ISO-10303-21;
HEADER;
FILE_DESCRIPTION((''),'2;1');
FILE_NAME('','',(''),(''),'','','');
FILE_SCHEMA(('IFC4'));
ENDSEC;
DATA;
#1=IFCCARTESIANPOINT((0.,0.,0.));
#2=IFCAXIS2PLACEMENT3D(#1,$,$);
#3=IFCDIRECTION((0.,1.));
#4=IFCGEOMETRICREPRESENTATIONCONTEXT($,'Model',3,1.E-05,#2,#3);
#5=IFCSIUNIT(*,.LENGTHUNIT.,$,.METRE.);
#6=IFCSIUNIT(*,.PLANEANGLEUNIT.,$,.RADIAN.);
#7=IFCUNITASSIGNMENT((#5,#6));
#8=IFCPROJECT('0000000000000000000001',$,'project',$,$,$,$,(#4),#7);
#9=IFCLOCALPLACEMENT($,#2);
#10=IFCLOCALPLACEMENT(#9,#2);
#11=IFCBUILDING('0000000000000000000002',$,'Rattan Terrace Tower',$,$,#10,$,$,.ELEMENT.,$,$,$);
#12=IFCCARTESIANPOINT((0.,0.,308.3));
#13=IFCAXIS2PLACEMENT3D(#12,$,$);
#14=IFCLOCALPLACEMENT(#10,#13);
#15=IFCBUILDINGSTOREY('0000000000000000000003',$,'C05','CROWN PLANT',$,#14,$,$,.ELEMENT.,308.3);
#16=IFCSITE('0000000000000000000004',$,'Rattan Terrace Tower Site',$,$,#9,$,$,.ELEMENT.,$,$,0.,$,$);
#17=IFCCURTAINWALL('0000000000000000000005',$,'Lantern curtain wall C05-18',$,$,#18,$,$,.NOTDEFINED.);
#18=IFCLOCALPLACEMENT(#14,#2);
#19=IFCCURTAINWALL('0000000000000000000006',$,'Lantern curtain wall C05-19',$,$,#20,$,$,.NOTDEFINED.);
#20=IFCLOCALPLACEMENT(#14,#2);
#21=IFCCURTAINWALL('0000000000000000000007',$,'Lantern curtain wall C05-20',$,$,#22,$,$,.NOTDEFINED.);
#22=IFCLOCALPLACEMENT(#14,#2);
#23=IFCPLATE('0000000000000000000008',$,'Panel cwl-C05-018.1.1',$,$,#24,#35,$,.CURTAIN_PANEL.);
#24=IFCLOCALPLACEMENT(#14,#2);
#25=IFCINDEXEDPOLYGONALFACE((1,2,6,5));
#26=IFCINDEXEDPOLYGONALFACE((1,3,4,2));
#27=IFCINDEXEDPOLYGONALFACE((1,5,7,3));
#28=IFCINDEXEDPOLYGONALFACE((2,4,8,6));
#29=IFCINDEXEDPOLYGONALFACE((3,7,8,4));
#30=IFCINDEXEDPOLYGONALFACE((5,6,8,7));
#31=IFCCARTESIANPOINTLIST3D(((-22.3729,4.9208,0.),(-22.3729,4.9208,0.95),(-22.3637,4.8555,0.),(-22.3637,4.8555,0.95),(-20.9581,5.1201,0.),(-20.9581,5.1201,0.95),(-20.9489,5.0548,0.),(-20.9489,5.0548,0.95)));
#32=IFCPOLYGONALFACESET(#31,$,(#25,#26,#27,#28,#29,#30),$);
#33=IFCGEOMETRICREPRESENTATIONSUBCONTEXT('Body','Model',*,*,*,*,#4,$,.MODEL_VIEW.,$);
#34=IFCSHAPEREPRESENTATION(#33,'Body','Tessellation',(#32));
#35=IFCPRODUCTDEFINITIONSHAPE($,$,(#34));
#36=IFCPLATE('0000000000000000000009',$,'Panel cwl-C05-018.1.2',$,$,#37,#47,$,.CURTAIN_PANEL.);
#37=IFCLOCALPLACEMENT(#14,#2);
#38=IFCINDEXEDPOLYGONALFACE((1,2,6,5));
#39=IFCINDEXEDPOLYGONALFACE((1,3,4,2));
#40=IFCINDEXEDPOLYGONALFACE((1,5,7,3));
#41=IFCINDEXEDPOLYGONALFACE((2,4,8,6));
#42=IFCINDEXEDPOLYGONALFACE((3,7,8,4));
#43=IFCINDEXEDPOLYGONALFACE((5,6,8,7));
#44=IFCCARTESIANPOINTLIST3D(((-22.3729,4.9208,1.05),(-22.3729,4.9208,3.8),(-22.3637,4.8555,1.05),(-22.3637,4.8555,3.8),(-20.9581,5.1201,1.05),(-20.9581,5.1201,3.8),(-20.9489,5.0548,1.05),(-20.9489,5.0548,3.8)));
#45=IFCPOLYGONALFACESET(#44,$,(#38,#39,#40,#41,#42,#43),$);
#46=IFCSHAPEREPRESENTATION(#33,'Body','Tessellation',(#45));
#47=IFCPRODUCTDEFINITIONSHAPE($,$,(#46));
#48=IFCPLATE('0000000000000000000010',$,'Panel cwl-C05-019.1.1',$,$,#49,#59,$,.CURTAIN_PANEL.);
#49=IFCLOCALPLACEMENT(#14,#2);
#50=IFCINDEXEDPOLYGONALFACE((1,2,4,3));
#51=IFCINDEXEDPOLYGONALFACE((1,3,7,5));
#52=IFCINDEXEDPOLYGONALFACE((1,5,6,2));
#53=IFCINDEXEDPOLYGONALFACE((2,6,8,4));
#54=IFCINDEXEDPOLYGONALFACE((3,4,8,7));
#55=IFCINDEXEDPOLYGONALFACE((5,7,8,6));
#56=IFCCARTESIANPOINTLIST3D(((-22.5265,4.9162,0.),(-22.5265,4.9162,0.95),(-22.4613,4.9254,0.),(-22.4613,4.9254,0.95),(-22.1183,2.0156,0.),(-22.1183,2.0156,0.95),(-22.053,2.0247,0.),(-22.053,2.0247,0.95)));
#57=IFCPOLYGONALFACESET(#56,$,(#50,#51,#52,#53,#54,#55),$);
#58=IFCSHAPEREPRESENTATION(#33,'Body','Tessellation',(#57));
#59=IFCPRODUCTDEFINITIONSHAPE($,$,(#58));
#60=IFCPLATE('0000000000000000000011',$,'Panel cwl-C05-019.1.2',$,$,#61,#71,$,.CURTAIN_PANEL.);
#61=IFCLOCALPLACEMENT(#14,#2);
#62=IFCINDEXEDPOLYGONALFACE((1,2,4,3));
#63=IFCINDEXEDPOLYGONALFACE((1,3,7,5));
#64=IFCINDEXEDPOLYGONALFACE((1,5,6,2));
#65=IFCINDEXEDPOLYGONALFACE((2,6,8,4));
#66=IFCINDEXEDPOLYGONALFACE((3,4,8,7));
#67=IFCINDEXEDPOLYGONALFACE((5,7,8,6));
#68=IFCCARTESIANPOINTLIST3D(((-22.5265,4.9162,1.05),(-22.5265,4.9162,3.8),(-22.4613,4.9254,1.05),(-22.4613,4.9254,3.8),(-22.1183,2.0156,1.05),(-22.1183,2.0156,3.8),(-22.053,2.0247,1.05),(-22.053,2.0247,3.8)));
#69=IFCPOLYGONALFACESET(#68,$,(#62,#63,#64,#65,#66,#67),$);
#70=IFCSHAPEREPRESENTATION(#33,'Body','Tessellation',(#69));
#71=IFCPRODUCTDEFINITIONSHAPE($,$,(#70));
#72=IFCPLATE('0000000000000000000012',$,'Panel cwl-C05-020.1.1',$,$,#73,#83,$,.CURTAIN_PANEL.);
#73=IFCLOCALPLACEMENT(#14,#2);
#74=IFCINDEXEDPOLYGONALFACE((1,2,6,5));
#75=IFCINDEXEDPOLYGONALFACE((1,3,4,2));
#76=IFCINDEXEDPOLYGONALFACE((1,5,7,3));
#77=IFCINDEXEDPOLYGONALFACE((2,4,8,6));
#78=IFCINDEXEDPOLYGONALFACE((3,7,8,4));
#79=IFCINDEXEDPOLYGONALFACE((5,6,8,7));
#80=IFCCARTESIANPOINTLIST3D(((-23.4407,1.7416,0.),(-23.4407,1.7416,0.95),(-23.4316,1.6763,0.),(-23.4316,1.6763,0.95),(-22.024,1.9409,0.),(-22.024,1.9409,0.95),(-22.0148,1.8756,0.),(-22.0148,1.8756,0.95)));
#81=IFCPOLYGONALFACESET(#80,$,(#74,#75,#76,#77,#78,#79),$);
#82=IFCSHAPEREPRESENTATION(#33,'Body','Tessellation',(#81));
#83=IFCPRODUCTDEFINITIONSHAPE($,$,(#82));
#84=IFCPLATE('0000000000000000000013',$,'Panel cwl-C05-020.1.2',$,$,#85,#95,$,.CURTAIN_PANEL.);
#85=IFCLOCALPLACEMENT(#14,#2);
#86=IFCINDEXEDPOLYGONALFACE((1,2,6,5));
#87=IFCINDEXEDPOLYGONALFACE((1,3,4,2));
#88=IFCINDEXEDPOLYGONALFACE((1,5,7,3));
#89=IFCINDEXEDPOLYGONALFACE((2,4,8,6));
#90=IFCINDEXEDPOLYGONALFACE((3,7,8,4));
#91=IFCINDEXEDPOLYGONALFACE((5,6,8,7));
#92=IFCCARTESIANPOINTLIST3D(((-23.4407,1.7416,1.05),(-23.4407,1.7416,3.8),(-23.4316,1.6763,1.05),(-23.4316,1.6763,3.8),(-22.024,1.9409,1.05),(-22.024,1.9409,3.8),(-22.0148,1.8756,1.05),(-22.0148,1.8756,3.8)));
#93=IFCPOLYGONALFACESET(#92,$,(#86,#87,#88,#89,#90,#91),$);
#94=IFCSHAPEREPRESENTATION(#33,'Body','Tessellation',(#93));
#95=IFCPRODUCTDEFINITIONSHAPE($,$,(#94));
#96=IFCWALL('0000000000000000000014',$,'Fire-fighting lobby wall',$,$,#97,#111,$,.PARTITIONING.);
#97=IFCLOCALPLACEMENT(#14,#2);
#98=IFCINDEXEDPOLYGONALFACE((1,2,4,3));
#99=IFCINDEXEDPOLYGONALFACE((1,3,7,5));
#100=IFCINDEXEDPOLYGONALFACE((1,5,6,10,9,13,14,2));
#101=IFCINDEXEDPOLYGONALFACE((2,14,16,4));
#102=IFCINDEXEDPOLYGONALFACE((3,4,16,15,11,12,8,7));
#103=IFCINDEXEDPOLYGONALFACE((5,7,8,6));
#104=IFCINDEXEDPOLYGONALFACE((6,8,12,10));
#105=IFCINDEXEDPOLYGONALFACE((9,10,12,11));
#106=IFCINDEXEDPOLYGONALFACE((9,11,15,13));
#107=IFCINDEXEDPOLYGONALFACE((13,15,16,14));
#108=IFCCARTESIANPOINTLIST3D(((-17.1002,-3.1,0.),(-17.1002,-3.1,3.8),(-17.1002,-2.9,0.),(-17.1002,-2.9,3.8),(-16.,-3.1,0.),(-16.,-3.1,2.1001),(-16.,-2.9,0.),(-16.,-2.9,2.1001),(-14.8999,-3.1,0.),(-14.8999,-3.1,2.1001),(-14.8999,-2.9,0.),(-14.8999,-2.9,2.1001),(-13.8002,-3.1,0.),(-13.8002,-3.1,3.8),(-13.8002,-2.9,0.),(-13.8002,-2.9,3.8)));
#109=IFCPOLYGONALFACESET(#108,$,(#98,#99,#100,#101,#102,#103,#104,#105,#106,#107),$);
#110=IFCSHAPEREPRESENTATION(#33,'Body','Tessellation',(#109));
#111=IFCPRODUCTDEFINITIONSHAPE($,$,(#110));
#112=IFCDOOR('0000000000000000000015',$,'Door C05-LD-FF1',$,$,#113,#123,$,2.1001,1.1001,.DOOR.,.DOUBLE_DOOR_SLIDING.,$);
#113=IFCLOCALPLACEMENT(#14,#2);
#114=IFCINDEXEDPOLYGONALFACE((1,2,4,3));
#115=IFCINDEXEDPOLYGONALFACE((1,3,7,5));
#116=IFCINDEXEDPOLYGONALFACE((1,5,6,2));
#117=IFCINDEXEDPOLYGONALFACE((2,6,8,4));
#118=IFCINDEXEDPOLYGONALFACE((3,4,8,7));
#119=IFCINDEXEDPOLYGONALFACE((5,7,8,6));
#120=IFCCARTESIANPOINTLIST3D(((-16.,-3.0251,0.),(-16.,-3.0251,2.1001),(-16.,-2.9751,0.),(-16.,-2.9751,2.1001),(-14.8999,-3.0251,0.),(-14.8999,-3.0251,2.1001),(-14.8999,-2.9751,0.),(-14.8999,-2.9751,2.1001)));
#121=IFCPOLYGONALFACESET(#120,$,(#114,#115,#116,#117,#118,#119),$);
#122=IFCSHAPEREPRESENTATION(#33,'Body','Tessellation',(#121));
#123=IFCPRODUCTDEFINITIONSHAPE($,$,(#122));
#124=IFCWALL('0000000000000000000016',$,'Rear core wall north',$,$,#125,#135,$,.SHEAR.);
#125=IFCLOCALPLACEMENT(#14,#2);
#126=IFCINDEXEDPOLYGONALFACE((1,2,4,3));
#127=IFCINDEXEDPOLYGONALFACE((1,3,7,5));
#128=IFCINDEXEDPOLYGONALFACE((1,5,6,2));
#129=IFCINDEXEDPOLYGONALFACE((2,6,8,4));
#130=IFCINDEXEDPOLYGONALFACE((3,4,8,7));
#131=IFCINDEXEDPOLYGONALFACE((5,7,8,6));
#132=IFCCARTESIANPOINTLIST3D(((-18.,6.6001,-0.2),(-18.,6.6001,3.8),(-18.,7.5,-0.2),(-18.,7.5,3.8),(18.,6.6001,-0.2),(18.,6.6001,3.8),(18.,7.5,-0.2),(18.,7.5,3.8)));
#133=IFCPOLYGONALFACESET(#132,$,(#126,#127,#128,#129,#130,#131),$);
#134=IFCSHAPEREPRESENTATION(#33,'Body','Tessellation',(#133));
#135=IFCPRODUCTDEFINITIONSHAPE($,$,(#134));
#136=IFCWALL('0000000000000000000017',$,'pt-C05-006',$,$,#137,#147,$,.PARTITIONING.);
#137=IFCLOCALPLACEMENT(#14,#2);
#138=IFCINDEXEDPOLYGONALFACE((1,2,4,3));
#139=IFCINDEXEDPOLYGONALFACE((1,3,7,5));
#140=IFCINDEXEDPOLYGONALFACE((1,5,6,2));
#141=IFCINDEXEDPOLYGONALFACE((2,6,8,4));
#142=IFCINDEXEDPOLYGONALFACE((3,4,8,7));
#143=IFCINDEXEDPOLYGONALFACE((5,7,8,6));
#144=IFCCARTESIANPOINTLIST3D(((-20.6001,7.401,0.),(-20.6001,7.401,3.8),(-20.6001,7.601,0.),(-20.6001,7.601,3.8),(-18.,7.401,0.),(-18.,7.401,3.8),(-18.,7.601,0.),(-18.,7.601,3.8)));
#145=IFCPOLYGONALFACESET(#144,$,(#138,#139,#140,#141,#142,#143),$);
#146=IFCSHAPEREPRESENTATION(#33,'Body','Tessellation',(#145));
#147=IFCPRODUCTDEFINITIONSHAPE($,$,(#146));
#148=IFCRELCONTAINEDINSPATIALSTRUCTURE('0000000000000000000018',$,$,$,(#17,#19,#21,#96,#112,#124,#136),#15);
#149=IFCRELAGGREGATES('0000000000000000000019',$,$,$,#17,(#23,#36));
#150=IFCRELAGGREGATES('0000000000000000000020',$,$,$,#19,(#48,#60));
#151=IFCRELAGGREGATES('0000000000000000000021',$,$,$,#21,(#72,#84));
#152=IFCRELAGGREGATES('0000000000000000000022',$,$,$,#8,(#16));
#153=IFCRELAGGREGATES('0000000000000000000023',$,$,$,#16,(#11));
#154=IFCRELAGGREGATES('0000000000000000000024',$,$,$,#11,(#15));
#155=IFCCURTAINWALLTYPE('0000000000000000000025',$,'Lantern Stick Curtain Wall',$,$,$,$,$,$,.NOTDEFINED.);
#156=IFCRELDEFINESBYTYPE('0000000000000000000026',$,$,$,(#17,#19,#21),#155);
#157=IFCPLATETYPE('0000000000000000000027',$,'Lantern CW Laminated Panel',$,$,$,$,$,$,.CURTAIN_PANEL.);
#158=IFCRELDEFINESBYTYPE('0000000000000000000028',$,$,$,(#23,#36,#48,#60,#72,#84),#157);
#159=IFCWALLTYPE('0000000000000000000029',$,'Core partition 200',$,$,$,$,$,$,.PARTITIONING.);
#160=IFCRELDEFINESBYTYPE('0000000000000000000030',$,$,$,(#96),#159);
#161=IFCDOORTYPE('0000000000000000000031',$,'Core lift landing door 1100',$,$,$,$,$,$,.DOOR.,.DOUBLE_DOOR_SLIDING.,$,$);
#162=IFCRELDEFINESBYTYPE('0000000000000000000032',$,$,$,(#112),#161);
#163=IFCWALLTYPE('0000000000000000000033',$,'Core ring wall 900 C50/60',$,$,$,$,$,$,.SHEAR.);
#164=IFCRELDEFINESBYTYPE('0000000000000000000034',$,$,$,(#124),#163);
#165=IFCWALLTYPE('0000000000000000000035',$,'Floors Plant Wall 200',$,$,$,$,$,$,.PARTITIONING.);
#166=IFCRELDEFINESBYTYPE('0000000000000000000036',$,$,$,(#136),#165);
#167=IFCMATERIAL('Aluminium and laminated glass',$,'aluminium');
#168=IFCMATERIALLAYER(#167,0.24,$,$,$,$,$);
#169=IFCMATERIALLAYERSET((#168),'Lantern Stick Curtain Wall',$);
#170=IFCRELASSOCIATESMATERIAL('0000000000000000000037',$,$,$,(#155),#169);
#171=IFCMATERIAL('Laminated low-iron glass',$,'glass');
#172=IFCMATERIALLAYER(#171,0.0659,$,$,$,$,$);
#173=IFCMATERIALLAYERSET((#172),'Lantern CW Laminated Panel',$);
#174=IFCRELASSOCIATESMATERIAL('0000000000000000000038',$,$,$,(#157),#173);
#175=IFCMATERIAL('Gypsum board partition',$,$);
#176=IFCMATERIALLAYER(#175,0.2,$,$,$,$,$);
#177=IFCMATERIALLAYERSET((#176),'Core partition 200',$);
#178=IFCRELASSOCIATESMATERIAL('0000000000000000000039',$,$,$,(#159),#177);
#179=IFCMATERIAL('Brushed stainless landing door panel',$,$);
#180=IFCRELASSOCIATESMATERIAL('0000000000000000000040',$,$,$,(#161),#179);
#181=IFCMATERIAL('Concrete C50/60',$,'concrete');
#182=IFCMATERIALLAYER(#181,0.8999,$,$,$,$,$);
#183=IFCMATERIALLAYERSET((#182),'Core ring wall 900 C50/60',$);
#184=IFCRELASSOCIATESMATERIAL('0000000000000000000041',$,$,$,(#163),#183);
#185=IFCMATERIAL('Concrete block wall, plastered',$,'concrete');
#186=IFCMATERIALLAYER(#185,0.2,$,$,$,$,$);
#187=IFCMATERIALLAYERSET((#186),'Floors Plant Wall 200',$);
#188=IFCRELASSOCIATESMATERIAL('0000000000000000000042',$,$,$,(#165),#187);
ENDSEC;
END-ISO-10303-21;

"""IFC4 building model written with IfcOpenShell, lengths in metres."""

from ifc_helpers import new_model, si_unit, direction, frame, frame_2d, origin, origin_2d, place, context, subcontext, project, spatial, rectangle, extrude, material, layer, layer_set, type_object, element, fill, aggregate, save


model = new_model("IFC4")

# Units and contexts
model_context = context("Model", 3, precision=1e-05, world=origin(), true_north=direction((0.0, 1.0)))
body_context = subcontext(model_context, "Body", "Model", "MODEL_VIEW")
ifc_project = project(units=[si_unit("LENGTHUNIT", "METRE"), si_unit("PLANEANGLEUNIT", "RADIAN")], contexts=[model_context])

# Site, building, storey
site_placement = place(None, origin())
site = spatial("IfcSite", under=ifc_project, at=site_placement, Name="Rattan Terrace Tower Site", CompositionType="ELEMENT", RefElevation=0.0)
building_placement = place(site_placement, origin())
building = spatial("IfcBuilding", under=site, at=building_placement, Name="Rattan Terrace Tower", CompositionType="ELEMENT")
storey_placement = place(building_placement, frame((0.0, 0.0, 308.3)))
storey = spatial("IfcBuildingStorey", under=building, at=storey_placement, Name="C05", Description="CROWN PLANT", CompositionType="ELEMENT", Elevation=308.3)

# Curtain walls
ifc_material_1 = material(Name="Aluminium and laminated glass", Category="aluminium")
ifc_layer_1 = layer(ifc_material_1, 0.24)
ifc_layer_set_1 = layer_set([ifc_layer_1], Name="Lantern Stick Curtain Wall")
curtain_wall_type = type_object("IfcCurtainWallType", Name="Lantern Stick Curtain Wall", PredefinedType="NOTDEFINED", material=ifc_layer_set_1)
curtain_wall_1_placement = place(storey_placement, origin())
curtain_wall_1 = element("IfcCurtainWall", 1, at=curtain_wall_1_placement, inside=storey, type_object=curtain_wall_type, Name="Lantern curtain wall C05-18", PredefinedType="NOTDEFINED")
curtain_wall_2_placement = place(storey_placement, origin())
curtain_wall_2 = element("IfcCurtainWall", 2, at=curtain_wall_2_placement, inside=storey, type_object=curtain_wall_type, Name="Lantern curtain wall C05-19", PredefinedType="NOTDEFINED")
curtain_wall_3_placement = place(storey_placement, origin())
curtain_wall_3 = element("IfcCurtainWall", 3, at=curtain_wall_3_placement, inside=storey, type_object=curtain_wall_type, Name="Lantern curtain wall C05-20", PredefinedType="NOTDEFINED")

# Plates
ifc_material_2 = material(Name="Laminated low-iron glass", Category="glass")
ifc_layer_2 = layer(ifc_material_2, 0.0659)
ifc_layer_set_2 = layer_set([ifc_layer_2], Name="Lantern CW Laminated Panel")
plate_type = type_object("IfcPlateType", Name="Lantern CW Laminated Panel", PredefinedType="CURTAIN_PANEL", material=ifc_layer_set_2)
plate_1_placement = place(storey_placement, frame((-21.6609, 4.9878, 0.0), z_axis=(0.0, 0.0, 1.0), x_axis=(-0.990228, -0.139459, 0.0)))
plate_1 = element("IfcPlate", 4, at=plate_1_placement, type_object=plate_type, Name="Panel cwl-C05-018.1.1", PredefinedType="CURTAIN_PANEL", context=body_context, shape_type="SweptSolid", body=[
    extrude(rectangle(XDim=1.4287, YDim=0.0659, at=origin_2d()), origin(), (0.0, 0.0, 1.0), 0.95),
])
plate_2_placement = place(storey_placement, frame((-21.6609, 4.9878, 1.05), z_axis=(0.0, 0.0, 1.0), x_axis=(-0.990228, -0.139459, 0.0)))
plate_2 = element("IfcPlate", 5, at=plate_2_placement, type_object=plate_type, Name="Panel cwl-C05-018.1.2", PredefinedType="CURTAIN_PANEL", context=body_context, shape_type="SweptSolid", body=[
    extrude(rectangle(XDim=1.4287, YDim=0.0659, at=origin_2d()), origin(), (0.0, 0.0, 1.0), 2.75),
])
aggregate(curtain_wall_1, [plate_1, plate_2])
plate_3_placement = place(storey_placement, frame((-22.2898, 3.4705, 0.0), z_axis=(0.0, 0.0, 1.0), x_axis=(0.139367, -0.990241, 0.0)))
plate_3 = element("IfcPlate", 6, at=plate_3_placement, type_object=plate_type, Name="Panel cwl-C05-019.1.1", PredefinedType="CURTAIN_PANEL", context=body_context, shape_type="SweptSolid", body=[
    extrude(rectangle(XDim=2.9292, YDim=0.0659, at=origin_2d()), origin(), (0.0, 0.0, 1.0), 0.95),
])
plate_4_placement = place(storey_placement, frame((-22.2898, 3.4705, 1.05), z_axis=(0.0, 0.0, 1.0), x_axis=(0.139367, -0.990241, 0.0)))
plate_4 = element("IfcPlate", 7, at=plate_4_placement, type_object=plate_type, Name="Panel cwl-C05-019.1.2", PredefinedType="CURTAIN_PANEL", context=body_context, shape_type="SweptSolid", body=[
    extrude(rectangle(XDim=2.9292, YDim=0.0659, at=origin_2d()), origin(), (0.0, 0.0, 1.0), 2.75),
])
aggregate(curtain_wall_2, [plate_3, plate_4])
plate_5_placement = place(storey_placement, frame((-22.7278, 1.8086, 0.0), z_axis=(0.0, 0.0, 1.0), x_axis=(-0.990254, -0.139275, 0.0)))
plate_5 = element("IfcPlate", 8, at=plate_5_placement, type_object=plate_type, Name="Panel cwl-C05-020.1.1", PredefinedType="CURTAIN_PANEL", context=body_context, shape_type="SweptSolid", body=[
    extrude(rectangle(XDim=1.4307, YDim=0.0659, at=origin_2d()), origin(), (0.0, 0.0, 1.0), 0.95),
])
plate_6_placement = place(storey_placement, frame((-22.7278, 1.8086, 1.05), z_axis=(0.0, 0.0, 1.0), x_axis=(-0.990254, -0.139275, 0.0)))
plate_6 = element("IfcPlate", 9, at=plate_6_placement, type_object=plate_type, Name="Panel cwl-C05-020.1.2", PredefinedType="CURTAIN_PANEL", context=body_context, shape_type="SweptSolid", body=[
    extrude(rectangle(XDim=1.4307, YDim=0.0659, at=origin_2d()), origin(), (0.0, 0.0, 1.0), 2.75),
])
aggregate(curtain_wall_3, [plate_5, plate_6])

# Wall, opening, door
ifc_material_3 = material(Name="Gypsum board partition")
ifc_layer_3 = layer(ifc_material_3, 0.2)
ifc_layer_set_3 = layer_set([ifc_layer_3], Name="Core partition 200")
wall_type_1 = type_object("IfcWallType", Name="Core partition 200", PredefinedType="PARTITIONING", material=ifc_layer_set_3)
wall_1_placement = place(storey_placement, frame((-17.1001, -3.0, 0.0), z_axis=(0.0, 0.0, 1.0), x_axis=(1.0, 0.0, 0.0)))
wall_1 = element("IfcWall", 10, at=wall_1_placement, inside=storey, type_object=wall_type_1, Name="Fire-fighting lobby wall", PredefinedType="PARTITIONING", context=body_context, shape_type="SweptSolid", body=[
    extrude(rectangle(XDim=3.3, YDim=0.2, at=frame_2d((1.6499, 0.0))), origin(), (0.0, 0.0, 1.0), 3.8),
])
opening_placement = place(wall_1_placement, frame((1.1001, 0.0, 0.0)))
opening = element("IfcOpeningElement", 11, at=opening_placement, cuts=wall_1, PredefinedType="OPENING", context=body_context, shape_type="SweptSolid", body=[
    extrude(rectangle(XDim=1.1001, YDim=2.1001, at=frame_2d((0.55, 1.05))), frame((0.0, 0.1106, 0.0), z_axis=(0.0, -1.0, 0.0), x_axis=(1.0, 0.0, 0.0)), (0.0, 0.0, 1.0), 0.2209),
])
ifc_material_4 = material(Name="Brushed stainless landing door panel")
door_type = type_object("IfcDoorType", Name="Core lift landing door 1100", OperationType="DOUBLE_DOOR_SLIDING", PredefinedType="DOOR", material=ifc_material_4)
door_placement = place(opening_placement, origin())
door = element("IfcDoor", 12, at=door_placement, inside=storey, type_object=door_type, Name="Door C05-LD-FF1", OperationType="DOUBLE_DOOR_SLIDING", OverallHeight=2.1001, OverallWidth=1.1001, PredefinedType="DOOR", context=body_context, shape_type="SweptSolid", body=[
    extrude(rectangle(XDim=1.1001, YDim=2.1001, at=frame_2d((0.55, 1.05))), frame((0.0, 0.0249, 0.0), z_axis=(0.0, -1.0, 0.0), x_axis=(1.0, 0.0, 0.0)), (0.0, 0.0, 1.0), 0.05),
])
fill(opening, door)

# Walls
ifc_material_5 = material(Name="Concrete C50/60", Category="concrete")
ifc_layer_4 = layer(ifc_material_5, 0.8999)
ifc_layer_set_4 = layer_set([ifc_layer_4], Name="Core ring wall 900 C50/60")
wall_type_2 = type_object("IfcWallType", Name="Core ring wall 900 C50/60", PredefinedType="SHEAR", material=ifc_layer_set_4)
wall_2_placement = place(storey_placement, frame((-18.0, 7.05, -0.2), z_axis=(0.0, 0.0, 1.0), x_axis=(1.0, 0.0, 0.0)))
element("IfcWall", 13, at=wall_2_placement, inside=storey, type_object=wall_type_2, Name="Rear core wall north", PredefinedType="SHEAR", context=body_context, shape_type="SweptSolid", body=[
    extrude(rectangle(XDim=36.0, YDim=0.8999, at=frame_2d((18.0, 0.0))), origin(), (0.0, 0.0, 1.0), 4.0),
])
ifc_material_6 = material(Name="Concrete block wall, plastered", Category="concrete")
ifc_layer_5 = layer(ifc_material_6, 0.2)
ifc_layer_set_5 = layer_set([ifc_layer_5], Name="Floors Plant Wall 200")
wall_type_3 = type_object("IfcWallType", Name="Floors Plant Wall 200", PredefinedType="PARTITIONING", material=ifc_layer_set_5)
wall_3_placement = place(storey_placement, frame((-20.6001, 7.501, 0.0), z_axis=(0.0, 0.0, 1.0), x_axis=(1.0, 0.0, 0.0)))
element("IfcWall", 14, at=wall_3_placement, inside=storey, type_object=wall_type_3, Name="pt-C05-006", PredefinedType="PARTITIONING", context=body_context, shape_type="SweptSolid", body=[
    extrude(rectangle(XDim=2.6001, YDim=0.2, at=frame_2d((1.3, 0.0))), origin(), (0.0, 0.0, 1.0), 3.8),
])

save(model, "model.ifc")
